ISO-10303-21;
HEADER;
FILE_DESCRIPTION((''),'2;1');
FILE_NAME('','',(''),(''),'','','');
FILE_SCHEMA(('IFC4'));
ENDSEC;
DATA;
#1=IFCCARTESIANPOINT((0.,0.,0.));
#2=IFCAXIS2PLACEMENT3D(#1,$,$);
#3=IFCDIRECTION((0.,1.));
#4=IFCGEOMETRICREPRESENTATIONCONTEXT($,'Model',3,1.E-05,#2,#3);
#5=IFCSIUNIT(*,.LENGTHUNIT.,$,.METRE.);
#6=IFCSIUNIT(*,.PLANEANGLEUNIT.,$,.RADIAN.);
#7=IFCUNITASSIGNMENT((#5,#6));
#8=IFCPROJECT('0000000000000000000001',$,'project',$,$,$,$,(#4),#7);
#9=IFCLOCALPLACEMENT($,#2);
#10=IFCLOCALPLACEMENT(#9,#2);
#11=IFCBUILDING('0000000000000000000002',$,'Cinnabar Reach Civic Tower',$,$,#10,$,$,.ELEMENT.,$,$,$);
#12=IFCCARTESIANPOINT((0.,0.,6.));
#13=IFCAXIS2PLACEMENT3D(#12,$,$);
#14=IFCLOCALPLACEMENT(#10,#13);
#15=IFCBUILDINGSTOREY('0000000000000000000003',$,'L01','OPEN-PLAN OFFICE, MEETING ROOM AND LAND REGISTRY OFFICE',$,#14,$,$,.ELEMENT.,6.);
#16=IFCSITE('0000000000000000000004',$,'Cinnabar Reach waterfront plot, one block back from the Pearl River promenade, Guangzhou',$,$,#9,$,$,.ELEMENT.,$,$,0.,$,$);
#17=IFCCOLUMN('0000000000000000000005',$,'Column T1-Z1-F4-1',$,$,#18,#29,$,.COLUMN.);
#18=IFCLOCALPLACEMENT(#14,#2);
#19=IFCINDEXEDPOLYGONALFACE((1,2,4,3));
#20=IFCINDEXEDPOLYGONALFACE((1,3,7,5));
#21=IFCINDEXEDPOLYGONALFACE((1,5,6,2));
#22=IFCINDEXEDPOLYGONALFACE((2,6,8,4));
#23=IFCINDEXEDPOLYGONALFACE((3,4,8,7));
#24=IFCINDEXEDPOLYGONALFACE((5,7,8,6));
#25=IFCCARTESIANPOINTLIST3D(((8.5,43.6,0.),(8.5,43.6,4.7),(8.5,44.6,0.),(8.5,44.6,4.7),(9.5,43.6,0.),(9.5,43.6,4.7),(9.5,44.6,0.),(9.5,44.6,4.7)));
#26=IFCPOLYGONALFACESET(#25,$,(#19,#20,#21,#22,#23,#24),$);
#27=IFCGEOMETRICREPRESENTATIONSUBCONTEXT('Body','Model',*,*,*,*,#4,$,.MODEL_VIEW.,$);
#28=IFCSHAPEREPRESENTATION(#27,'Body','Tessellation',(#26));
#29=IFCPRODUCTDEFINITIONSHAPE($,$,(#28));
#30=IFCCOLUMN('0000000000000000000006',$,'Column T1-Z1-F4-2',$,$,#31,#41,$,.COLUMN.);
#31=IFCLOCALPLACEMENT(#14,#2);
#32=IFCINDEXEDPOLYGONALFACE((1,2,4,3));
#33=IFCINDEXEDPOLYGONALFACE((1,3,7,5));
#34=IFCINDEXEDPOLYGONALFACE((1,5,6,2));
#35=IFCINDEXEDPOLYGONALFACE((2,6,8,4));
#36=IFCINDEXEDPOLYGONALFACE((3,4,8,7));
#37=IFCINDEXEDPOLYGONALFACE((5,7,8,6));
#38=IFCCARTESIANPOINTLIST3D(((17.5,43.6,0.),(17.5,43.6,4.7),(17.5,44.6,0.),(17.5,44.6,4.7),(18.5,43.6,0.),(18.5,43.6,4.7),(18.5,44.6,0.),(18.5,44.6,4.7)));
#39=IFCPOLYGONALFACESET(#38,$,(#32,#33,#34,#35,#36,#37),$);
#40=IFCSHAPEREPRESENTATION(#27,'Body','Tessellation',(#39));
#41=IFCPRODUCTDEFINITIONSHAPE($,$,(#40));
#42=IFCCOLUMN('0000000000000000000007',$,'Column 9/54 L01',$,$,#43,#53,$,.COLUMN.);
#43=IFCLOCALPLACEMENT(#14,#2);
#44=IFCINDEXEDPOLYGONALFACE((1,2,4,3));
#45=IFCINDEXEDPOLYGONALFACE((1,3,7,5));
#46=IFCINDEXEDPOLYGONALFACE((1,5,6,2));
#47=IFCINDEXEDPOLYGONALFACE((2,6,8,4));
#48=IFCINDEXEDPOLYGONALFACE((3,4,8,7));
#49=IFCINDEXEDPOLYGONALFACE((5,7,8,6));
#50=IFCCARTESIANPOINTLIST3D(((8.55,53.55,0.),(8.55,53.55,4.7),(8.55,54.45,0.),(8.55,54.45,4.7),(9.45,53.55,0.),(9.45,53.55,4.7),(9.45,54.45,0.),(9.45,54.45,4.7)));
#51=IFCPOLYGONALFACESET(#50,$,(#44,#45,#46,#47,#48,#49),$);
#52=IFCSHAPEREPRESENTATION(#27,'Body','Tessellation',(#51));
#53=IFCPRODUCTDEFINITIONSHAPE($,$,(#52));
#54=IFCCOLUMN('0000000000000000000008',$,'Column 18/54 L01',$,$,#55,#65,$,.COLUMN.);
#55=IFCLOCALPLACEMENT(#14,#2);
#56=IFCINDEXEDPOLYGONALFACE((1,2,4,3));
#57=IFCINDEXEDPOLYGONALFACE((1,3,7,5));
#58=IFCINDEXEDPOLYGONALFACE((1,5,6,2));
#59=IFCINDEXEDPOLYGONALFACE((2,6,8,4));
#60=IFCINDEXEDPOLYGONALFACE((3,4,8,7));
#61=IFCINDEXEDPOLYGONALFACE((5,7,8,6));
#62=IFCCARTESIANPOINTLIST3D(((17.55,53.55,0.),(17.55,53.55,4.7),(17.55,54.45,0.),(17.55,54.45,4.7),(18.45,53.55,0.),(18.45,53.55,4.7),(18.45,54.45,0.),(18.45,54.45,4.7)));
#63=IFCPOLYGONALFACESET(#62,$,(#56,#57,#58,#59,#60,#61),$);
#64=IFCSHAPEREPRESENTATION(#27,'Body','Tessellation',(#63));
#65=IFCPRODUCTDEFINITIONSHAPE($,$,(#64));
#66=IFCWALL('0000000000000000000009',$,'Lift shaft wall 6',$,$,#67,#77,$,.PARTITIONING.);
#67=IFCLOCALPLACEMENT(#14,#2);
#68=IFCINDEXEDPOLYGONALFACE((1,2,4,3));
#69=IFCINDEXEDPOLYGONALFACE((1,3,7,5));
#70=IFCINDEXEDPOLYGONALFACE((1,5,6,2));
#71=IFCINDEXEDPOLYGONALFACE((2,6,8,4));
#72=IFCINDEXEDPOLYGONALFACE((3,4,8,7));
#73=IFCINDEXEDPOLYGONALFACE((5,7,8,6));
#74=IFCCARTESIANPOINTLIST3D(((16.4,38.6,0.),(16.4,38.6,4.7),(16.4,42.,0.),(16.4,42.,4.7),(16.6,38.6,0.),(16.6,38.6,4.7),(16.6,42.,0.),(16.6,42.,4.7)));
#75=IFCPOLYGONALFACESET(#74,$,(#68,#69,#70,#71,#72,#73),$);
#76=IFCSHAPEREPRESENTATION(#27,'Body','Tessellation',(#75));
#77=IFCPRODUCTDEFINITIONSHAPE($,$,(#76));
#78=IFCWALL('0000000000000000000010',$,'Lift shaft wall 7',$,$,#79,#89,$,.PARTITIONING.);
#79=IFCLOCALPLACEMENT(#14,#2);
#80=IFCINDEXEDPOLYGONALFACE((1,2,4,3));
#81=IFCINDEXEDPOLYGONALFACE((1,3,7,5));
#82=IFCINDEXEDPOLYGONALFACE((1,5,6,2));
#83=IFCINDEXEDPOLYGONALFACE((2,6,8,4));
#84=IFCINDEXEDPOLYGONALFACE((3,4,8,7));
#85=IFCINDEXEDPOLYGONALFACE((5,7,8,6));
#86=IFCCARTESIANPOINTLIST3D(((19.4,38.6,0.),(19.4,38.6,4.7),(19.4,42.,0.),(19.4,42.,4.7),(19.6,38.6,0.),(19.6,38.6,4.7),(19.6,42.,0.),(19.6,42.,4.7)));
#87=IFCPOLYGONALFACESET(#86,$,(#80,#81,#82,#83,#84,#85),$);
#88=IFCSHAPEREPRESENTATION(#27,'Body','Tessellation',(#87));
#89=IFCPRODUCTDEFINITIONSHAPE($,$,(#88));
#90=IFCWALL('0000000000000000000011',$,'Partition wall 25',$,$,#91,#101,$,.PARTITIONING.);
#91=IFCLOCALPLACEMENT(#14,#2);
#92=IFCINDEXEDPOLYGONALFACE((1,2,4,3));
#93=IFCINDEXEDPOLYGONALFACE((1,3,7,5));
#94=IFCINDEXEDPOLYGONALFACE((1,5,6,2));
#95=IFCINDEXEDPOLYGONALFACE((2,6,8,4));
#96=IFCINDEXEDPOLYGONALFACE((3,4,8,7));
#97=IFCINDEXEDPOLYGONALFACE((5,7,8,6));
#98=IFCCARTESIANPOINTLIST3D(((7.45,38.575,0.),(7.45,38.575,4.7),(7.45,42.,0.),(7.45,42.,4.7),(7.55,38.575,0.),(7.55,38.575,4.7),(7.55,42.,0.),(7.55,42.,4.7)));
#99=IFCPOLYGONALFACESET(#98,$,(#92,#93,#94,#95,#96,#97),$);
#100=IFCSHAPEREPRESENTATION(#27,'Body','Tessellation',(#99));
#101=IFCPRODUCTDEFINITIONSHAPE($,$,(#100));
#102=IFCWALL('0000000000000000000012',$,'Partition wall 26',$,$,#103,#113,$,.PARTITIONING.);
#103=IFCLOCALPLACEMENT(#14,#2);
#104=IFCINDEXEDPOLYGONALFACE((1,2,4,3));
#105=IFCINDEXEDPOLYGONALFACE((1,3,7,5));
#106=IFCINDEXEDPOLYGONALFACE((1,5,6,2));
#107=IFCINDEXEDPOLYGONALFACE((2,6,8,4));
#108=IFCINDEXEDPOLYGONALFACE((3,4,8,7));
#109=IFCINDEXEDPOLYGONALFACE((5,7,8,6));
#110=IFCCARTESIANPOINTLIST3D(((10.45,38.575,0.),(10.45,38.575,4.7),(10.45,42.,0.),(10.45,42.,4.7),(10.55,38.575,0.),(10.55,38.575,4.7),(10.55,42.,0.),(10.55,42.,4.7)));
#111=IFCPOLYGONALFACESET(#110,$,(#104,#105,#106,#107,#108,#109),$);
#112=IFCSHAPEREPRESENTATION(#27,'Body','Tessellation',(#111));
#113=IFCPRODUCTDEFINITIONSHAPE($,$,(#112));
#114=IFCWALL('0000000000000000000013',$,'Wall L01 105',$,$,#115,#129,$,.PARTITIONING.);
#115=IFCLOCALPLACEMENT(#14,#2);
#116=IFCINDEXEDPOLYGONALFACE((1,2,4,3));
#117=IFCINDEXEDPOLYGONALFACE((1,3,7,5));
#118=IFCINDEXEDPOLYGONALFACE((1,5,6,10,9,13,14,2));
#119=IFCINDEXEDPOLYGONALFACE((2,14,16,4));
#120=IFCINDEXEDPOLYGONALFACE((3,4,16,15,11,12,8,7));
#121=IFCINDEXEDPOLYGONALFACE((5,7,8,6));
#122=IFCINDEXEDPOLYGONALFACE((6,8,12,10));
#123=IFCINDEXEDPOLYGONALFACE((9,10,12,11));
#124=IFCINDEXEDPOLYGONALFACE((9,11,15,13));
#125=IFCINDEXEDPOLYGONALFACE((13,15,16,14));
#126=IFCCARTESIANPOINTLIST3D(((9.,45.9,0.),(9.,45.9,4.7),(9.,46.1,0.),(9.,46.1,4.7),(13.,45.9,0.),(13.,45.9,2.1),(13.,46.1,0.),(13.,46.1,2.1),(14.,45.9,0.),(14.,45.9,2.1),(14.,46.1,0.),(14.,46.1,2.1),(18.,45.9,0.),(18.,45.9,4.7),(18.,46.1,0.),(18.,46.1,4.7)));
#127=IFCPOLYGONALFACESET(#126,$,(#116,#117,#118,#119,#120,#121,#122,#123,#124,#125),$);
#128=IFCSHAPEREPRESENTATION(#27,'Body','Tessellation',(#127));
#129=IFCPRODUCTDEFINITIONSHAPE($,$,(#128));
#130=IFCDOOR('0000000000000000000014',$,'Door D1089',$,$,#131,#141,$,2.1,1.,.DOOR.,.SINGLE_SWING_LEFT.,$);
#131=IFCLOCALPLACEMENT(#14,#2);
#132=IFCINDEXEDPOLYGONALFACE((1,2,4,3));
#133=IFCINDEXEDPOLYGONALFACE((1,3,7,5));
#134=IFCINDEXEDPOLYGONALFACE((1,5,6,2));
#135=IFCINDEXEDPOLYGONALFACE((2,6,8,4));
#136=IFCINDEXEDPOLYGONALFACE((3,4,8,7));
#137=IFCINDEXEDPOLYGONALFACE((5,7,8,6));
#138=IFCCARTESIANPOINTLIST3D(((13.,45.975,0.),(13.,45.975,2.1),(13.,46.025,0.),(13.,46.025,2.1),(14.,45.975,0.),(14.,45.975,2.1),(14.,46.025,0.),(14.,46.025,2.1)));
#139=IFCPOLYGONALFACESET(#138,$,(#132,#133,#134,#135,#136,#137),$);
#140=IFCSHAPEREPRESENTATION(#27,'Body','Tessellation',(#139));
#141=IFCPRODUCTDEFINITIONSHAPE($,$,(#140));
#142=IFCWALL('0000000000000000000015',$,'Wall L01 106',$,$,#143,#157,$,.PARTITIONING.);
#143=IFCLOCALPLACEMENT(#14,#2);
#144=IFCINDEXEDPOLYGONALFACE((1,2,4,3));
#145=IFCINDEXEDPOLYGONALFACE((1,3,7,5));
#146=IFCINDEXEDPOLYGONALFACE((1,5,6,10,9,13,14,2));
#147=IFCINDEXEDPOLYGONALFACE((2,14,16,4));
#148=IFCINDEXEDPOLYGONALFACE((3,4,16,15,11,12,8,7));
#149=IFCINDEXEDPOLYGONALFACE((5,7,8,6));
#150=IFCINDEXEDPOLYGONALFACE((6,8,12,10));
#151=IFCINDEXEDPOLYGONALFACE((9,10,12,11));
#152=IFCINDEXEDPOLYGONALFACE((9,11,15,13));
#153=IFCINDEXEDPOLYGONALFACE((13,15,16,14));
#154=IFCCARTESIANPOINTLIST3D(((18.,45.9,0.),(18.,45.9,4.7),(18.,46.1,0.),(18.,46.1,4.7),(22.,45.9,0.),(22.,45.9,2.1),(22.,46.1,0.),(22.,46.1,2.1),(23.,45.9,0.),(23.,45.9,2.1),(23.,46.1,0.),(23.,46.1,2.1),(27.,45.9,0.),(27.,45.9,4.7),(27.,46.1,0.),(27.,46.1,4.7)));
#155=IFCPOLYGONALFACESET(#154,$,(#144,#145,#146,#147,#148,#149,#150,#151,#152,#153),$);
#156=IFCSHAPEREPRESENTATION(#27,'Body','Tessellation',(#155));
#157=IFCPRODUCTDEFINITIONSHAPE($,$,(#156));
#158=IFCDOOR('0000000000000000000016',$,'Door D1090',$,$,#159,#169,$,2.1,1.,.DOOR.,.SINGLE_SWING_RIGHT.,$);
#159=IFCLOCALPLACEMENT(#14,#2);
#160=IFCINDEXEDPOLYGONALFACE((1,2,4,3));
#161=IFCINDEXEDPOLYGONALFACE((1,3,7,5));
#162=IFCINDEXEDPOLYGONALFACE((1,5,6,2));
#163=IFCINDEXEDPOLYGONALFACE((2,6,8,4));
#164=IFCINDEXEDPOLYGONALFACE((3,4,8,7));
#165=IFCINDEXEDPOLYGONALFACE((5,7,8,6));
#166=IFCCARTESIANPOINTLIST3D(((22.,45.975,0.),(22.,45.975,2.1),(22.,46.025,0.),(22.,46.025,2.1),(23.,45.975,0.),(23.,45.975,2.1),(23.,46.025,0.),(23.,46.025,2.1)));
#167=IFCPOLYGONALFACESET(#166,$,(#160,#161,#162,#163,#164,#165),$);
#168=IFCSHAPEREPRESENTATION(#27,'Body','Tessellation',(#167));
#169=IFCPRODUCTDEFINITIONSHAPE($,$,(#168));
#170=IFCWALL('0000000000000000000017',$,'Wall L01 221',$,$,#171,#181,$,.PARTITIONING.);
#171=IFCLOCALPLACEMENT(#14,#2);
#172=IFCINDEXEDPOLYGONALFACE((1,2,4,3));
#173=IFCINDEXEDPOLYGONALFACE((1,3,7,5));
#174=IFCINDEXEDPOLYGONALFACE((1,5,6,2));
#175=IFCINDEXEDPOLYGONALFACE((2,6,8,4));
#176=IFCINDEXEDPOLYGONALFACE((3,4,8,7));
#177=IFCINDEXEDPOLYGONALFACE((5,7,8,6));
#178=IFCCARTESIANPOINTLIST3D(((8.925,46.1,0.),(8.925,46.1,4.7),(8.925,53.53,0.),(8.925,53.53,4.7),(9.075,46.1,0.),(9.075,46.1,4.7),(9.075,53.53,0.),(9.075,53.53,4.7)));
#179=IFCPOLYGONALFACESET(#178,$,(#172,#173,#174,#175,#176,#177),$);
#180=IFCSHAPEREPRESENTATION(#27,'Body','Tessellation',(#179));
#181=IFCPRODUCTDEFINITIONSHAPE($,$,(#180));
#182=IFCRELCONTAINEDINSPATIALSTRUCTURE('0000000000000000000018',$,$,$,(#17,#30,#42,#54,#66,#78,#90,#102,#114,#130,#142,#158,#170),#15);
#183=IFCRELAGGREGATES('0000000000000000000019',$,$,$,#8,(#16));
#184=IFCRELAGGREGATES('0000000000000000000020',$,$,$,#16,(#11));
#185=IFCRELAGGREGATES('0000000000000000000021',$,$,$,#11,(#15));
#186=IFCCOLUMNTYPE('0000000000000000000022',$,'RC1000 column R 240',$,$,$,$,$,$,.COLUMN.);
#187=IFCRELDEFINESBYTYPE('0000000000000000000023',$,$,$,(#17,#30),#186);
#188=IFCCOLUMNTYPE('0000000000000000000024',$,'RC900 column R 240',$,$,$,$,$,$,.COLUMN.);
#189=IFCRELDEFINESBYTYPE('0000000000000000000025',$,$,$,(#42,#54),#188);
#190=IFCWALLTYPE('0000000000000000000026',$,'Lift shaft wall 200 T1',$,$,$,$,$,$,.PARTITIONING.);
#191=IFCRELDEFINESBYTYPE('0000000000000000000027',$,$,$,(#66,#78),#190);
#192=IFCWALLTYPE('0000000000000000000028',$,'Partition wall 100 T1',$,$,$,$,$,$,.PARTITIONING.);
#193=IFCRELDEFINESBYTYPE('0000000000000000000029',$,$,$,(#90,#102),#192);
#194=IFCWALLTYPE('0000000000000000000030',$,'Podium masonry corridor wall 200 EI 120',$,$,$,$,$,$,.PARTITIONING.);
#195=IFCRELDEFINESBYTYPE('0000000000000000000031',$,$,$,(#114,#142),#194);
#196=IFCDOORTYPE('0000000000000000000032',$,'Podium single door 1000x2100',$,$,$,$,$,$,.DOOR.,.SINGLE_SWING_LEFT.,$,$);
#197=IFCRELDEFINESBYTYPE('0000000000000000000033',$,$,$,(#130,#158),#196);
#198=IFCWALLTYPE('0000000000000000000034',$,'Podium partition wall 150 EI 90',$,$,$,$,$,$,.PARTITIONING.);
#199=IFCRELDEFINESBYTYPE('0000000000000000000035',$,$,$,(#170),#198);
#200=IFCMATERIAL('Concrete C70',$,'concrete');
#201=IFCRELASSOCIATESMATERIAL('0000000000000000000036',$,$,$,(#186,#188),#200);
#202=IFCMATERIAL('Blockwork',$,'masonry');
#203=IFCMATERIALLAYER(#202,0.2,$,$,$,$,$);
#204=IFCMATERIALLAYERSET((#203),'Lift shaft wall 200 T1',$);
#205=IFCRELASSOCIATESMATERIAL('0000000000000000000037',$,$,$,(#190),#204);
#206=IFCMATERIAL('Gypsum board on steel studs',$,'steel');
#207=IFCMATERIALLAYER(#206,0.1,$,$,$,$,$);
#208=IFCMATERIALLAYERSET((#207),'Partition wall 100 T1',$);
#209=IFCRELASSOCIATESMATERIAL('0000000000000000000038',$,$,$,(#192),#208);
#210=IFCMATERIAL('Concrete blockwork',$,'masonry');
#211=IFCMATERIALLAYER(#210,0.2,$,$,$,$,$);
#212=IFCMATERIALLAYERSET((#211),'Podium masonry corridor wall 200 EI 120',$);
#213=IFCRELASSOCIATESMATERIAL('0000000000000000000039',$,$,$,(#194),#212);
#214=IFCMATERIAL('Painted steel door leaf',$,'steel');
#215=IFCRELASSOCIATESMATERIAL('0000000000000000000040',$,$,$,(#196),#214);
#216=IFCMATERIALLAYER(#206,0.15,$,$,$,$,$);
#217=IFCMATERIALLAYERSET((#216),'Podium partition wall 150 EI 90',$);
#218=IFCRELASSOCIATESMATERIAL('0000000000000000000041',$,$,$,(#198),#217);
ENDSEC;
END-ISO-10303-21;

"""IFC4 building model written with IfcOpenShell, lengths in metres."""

from ifc_helpers import new_model, si_unit, direction, frame, frame_2d, origin, origin_2d, place, context, subcontext, project, spatial, rectangle, extrude, material, layer, layer_set, material_profile, profile_set, type_object, element, fill, save


model = new_model("IFC4")

# Units and contexts
model_context = context("Model", 3, precision=1e-05, world=origin(), true_north=direction((0.0, 1.0)))
body_context = subcontext(model_context, "Body", "Model", "MODEL_VIEW")
ifc_project = project(units=[si_unit("LENGTHUNIT", "METRE"), si_unit("PLANEANGLEUNIT", "RADIAN")], contexts=[model_context])

# Site, building, storey
site_placement = place(None, origin())
site = spatial("IfcSite", under=ifc_project, at=site_placement, Name="Cinnabar Reach waterfront plot, one block back from the Pearl River promenade, Guangzhou", CompositionType="ELEMENT", RefElevation=0.0)
building_placement = place(site_placement, origin())
building = spatial("IfcBuilding", under=site, at=building_placement, Name="Cinnabar Reach Civic Tower", CompositionType="ELEMENT")
storey_placement = place(building_placement, frame((0.0, 0.0, 6.0)))
storey = spatial("IfcBuildingStorey", under=building, at=storey_placement, Name="L01", Description="OPEN-PLAN OFFICE, MEETING ROOM AND LAND REGISTRY OFFICE", CompositionType="ELEMENT", Elevation=6.0)

# Columns
ifc_material_1 = material(Name="Concrete C70", Category="concrete")
ifc_material_profile_1 = material_profile(ifc_material_1, rectangle(XDim=1.0, YDim=1.0, at=origin_2d()), Name="RC1000")
ifc_profile_set_1 = profile_set([ifc_material_profile_1], Name="Concrete C70")
column_type_1 = type_object("IfcColumnType", Name="RC1000 column R 240", PredefinedType="COLUMN", material=ifc_profile_set_1)
for number, where, z_axis, x_axis, name in (
    (1, (9.0, 44.1, 0.0), (0.0, 0.0, 1.0), (1.0, 0.0, 0.0), "Column T1-Z1-F4-1"),
    (2, (18.0, 44.1, 0.0), (0.0, 0.0, 1.0), (1.0, 0.0, 0.0), "Column T1-Z1-F4-2"),
):
    element("IfcColumn", number, at=place(storey_placement, frame(where, z_axis=z_axis, x_axis=x_axis)), inside=storey, type_object=column_type_1, Name=name, PredefinedType="COLUMN", context=body_context, shape_type="SweptSolid", body=[
        extrude(rectangle(XDim=1.0, YDim=1.0, at=origin_2d()), origin(), (0.0, 0.0, 1.0), 4.7),
    ])
ifc_material_profile_2 = material_profile(ifc_material_1, rectangle(XDim=0.9, YDim=0.9, at=origin_2d()), Name="RC900")
ifc_profile_set_2 = profile_set([ifc_material_profile_2], Name="Concrete C70")
column_type_2 = type_object("IfcColumnType", Name="RC900 column R 240", PredefinedType="COLUMN", material=ifc_profile_set_2)
for number, where, z_axis, x_axis, name in (
    (3, (9.0, 54.0, 0.0), (0.0, 0.0, 1.0), (1.0, 0.0, 0.0), "Column 9/54 L01"),
    (4, (18.0, 54.0, 0.0), (0.0, 0.0, 1.0), (1.0, 0.0, 0.0), "Column 18/54 L01"),
):
    element("IfcColumn", number, at=place(storey_placement, frame(where, z_axis=z_axis, x_axis=x_axis)), inside=storey, type_object=column_type_2, Name=name, PredefinedType="COLUMN", context=body_context, shape_type="SweptSolid", body=[
        extrude(rectangle(XDim=0.9, YDim=0.9, at=origin_2d()), origin(), (0.0, 0.0, 1.0), 4.7),
    ])

# Walls
ifc_material_2 = material(Name="Blockwork", Category="masonry")
ifc_layer_1 = layer(ifc_material_2, 0.2)
ifc_layer_set_1 = layer_set([ifc_layer_1], Name="Lift shaft wall 200 T1")
wall_type_1 = type_object("IfcWallType", Name="Lift shaft wall 200 T1", PredefinedType="PARTITIONING", material=ifc_layer_set_1)
for number, where, z_axis, x_axis, name in (
    (5, (16.5, 38.6, 0.0), (0.0, 0.0, 1.0), (0.0, 1.0, 0.0), "Lift shaft wall 6"),
    (6, (19.5, 38.6, 0.0), (0.0, 0.0, 1.0), (0.0, 1.0, 0.0), "Lift shaft wall 7"),
):
    element("IfcWall", number, at=place(storey_placement, frame(where, z_axis=z_axis, x_axis=x_axis)), inside=storey, type_object=wall_type_1, Name=name, PredefinedType="PARTITIONING", context=body_context, shape_type="SweptSolid", body=[
        extrude(rectangle(XDim=3.4, YDim=0.2, at=frame_2d((1.7, 0.0))), origin(), (0.0, 0.0, 1.0), 4.7),
    ])
ifc_material_3 = material(Name="Gypsum board on steel studs", Category="steel")
ifc_layer_2 = layer(ifc_material_3, 0.1)
ifc_layer_set_2 = layer_set([ifc_layer_2], Name="Partition wall 100 T1")
wall_type_2 = type_object("IfcWallType", Name="Partition wall 100 T1", PredefinedType="PARTITIONING", material=ifc_layer_set_2)
for number, where, z_axis, x_axis, name in (
    (7, (7.5, 38.575, 0.0), (0.0, 0.0, 1.0), (0.0, 1.0, 0.0), "Partition wall 25"),
    (8, (10.5, 38.575, 0.0), (0.0, 0.0, 1.0), (0.0, 1.0, 0.0), "Partition wall 26"),
):
    element("IfcWall", number, at=place(storey_placement, frame(where, z_axis=z_axis, x_axis=x_axis)), inside=storey, type_object=wall_type_2, Name=name, PredefinedType="PARTITIONING", context=body_context, shape_type="SweptSolid", body=[
        extrude(rectangle(XDim=3.425, YDim=0.1, at=frame_2d((1.7125, 0.0))), origin(), (0.0, 0.0, 1.0), 4.7),
    ])

# Walls, openings, doors
ifc_material_4 = material(Name="Concrete blockwork", Category="masonry")
ifc_layer_3 = layer(ifc_material_4, 0.2)
ifc_layer_set_3 = layer_set([ifc_layer_3], Name="Podium masonry corridor wall 200 EI 120")
wall_type_3 = type_object("IfcWallType", Name="Podium masonry corridor wall 200 EI 120", PredefinedType="PARTITIONING", material=ifc_layer_set_3)
wall_1_placement = place(storey_placement, frame((9.0, 46.0, 0.0), z_axis=(0.0, 0.0, 1.0), x_axis=(1.0, 0.0, 0.0)))
wall_1 = element("IfcWall", 9, at=wall_1_placement, inside=storey, type_object=wall_type_3, Name="Wall L01 105", PredefinedType="PARTITIONING", context=body_context, shape_type="SweptSolid", body=[
    extrude(rectangle(XDim=9.0, YDim=0.2, at=frame_2d((4.5, 0.0))), origin(), (0.0, 0.0, 1.0), 4.7),
])
opening_1_placement = place(wall_1_placement, frame((4.0, 0.0, 0.0)))
opening_1 = element("IfcOpeningElement", 10, at=opening_1_placement, cuts=wall_1, PredefinedType="OPENING", context=body_context, shape_type="SweptSolid", body=[
    extrude(rectangle(XDim=1.0, YDim=2.1, at=frame_2d((0.5, 1.05))), frame((0.0, 0.11, 0.0), z_axis=(0.0, -1.0, 0.0), x_axis=(1.0, 0.0, 0.0)), (0.0, 0.0, 1.0), 0.22),
])
ifc_material_5 = material(Name="Painted steel door leaf", Category="steel")
door_type_1 = type_object("IfcDoorType", Name="Podium single door 1000x2100", OperationType="SINGLE_SWING_LEFT", PredefinedType="DOOR", material=ifc_material_5)
door_1_placement = place(opening_1_placement, origin())
door_1 = element("IfcDoor", 11, at=door_1_placement, inside=storey, type_object=door_type_1, Name="Door D1089", OperationType="SINGLE_SWING_LEFT", OverallHeight=2.1, OverallWidth=1.0, PredefinedType="DOOR", context=body_context, shape_type="SweptSolid", body=[
    extrude(rectangle(XDim=1.0, YDim=2.1, at=frame_2d((0.5, 1.05))), frame((0.0, 0.025, 0.0), z_axis=(0.0, -1.0, 0.0), x_axis=(1.0, 0.0, 0.0)), (0.0, 0.0, 1.0), 0.05),
])
fill(opening_1, door_1)
wall_2_placement = place(storey_placement, frame((18.0, 46.0, 0.0), z_axis=(0.0, 0.0, 1.0), x_axis=(1.0, 0.0, 0.0)))
wall_2 = element("IfcWall", 12, at=wall_2_placement, inside=storey, type_object=wall_type_3, Name="Wall L01 106", PredefinedType="PARTITIONING", context=body_context, shape_type="SweptSolid", body=[
    extrude(rectangle(XDim=9.0, YDim=0.2, at=frame_2d((4.5, 0.0))), origin(), (0.0, 0.0, 1.0), 4.7),
])
opening_2_placement = place(wall_2_placement, frame((4.0, 0.0, 0.0)))
opening_2 = element("IfcOpeningElement", 13, at=opening_2_placement, cuts=wall_2, PredefinedType="OPENING", context=body_context, shape_type="SweptSolid", body=[
    extrude(rectangle(XDim=1.0, YDim=2.1, at=frame_2d((0.5, 1.05))), frame((0.0, 0.11, 0.0), z_axis=(0.0, -1.0, 0.0), x_axis=(1.0, 0.0, 0.0)), (0.0, 0.0, 1.0), 0.22),
])
door_2_placement = place(opening_2_placement, origin())
door_2 = element("IfcDoor", 14, at=door_2_placement, inside=storey, type_object=door_type_1, Name="Door D1090", OperationType="SINGLE_SWING_RIGHT", OverallHeight=2.1, OverallWidth=1.0, PredefinedType="DOOR", context=body_context, shape_type="SweptSolid", body=[
    extrude(rectangle(XDim=1.0, YDim=2.1, at=frame_2d((0.5, 1.05))), frame((0.0, 0.025, 0.0), z_axis=(0.0, -1.0, 0.0), x_axis=(1.0, 0.0, 0.0)), (0.0, 0.0, 1.0), 0.05),
])
fill(opening_2, door_2)

# Wall
ifc_layer_4 = layer(ifc_material_3, 0.15)
ifc_layer_set_4 = layer_set([ifc_layer_4], Name="Podium partition wall 150 EI 90")
wall_type_4 = type_object("IfcWallType", Name="Podium partition wall 150 EI 90", PredefinedType="PARTITIONING", material=ifc_layer_set_4)
wall_3_placement = place(storey_placement, frame((9.0, 46.1, 0.0), z_axis=(0.0, 0.0, 1.0), x_axis=(0.0, 1.0, 0.0)))
element("IfcWall", 15, at=wall_3_placement, inside=storey, type_object=wall_type_4, Name="Wall L01 221", PredefinedType="PARTITIONING", context=body_context, shape_type="SweptSolid", body=[
    extrude(rectangle(XDim=7.43, YDim=0.15, at=frame_2d((3.715, 0.0))), origin(), (0.0, 0.0, 1.0), 4.7),
])

save(model, "model.ifc")
